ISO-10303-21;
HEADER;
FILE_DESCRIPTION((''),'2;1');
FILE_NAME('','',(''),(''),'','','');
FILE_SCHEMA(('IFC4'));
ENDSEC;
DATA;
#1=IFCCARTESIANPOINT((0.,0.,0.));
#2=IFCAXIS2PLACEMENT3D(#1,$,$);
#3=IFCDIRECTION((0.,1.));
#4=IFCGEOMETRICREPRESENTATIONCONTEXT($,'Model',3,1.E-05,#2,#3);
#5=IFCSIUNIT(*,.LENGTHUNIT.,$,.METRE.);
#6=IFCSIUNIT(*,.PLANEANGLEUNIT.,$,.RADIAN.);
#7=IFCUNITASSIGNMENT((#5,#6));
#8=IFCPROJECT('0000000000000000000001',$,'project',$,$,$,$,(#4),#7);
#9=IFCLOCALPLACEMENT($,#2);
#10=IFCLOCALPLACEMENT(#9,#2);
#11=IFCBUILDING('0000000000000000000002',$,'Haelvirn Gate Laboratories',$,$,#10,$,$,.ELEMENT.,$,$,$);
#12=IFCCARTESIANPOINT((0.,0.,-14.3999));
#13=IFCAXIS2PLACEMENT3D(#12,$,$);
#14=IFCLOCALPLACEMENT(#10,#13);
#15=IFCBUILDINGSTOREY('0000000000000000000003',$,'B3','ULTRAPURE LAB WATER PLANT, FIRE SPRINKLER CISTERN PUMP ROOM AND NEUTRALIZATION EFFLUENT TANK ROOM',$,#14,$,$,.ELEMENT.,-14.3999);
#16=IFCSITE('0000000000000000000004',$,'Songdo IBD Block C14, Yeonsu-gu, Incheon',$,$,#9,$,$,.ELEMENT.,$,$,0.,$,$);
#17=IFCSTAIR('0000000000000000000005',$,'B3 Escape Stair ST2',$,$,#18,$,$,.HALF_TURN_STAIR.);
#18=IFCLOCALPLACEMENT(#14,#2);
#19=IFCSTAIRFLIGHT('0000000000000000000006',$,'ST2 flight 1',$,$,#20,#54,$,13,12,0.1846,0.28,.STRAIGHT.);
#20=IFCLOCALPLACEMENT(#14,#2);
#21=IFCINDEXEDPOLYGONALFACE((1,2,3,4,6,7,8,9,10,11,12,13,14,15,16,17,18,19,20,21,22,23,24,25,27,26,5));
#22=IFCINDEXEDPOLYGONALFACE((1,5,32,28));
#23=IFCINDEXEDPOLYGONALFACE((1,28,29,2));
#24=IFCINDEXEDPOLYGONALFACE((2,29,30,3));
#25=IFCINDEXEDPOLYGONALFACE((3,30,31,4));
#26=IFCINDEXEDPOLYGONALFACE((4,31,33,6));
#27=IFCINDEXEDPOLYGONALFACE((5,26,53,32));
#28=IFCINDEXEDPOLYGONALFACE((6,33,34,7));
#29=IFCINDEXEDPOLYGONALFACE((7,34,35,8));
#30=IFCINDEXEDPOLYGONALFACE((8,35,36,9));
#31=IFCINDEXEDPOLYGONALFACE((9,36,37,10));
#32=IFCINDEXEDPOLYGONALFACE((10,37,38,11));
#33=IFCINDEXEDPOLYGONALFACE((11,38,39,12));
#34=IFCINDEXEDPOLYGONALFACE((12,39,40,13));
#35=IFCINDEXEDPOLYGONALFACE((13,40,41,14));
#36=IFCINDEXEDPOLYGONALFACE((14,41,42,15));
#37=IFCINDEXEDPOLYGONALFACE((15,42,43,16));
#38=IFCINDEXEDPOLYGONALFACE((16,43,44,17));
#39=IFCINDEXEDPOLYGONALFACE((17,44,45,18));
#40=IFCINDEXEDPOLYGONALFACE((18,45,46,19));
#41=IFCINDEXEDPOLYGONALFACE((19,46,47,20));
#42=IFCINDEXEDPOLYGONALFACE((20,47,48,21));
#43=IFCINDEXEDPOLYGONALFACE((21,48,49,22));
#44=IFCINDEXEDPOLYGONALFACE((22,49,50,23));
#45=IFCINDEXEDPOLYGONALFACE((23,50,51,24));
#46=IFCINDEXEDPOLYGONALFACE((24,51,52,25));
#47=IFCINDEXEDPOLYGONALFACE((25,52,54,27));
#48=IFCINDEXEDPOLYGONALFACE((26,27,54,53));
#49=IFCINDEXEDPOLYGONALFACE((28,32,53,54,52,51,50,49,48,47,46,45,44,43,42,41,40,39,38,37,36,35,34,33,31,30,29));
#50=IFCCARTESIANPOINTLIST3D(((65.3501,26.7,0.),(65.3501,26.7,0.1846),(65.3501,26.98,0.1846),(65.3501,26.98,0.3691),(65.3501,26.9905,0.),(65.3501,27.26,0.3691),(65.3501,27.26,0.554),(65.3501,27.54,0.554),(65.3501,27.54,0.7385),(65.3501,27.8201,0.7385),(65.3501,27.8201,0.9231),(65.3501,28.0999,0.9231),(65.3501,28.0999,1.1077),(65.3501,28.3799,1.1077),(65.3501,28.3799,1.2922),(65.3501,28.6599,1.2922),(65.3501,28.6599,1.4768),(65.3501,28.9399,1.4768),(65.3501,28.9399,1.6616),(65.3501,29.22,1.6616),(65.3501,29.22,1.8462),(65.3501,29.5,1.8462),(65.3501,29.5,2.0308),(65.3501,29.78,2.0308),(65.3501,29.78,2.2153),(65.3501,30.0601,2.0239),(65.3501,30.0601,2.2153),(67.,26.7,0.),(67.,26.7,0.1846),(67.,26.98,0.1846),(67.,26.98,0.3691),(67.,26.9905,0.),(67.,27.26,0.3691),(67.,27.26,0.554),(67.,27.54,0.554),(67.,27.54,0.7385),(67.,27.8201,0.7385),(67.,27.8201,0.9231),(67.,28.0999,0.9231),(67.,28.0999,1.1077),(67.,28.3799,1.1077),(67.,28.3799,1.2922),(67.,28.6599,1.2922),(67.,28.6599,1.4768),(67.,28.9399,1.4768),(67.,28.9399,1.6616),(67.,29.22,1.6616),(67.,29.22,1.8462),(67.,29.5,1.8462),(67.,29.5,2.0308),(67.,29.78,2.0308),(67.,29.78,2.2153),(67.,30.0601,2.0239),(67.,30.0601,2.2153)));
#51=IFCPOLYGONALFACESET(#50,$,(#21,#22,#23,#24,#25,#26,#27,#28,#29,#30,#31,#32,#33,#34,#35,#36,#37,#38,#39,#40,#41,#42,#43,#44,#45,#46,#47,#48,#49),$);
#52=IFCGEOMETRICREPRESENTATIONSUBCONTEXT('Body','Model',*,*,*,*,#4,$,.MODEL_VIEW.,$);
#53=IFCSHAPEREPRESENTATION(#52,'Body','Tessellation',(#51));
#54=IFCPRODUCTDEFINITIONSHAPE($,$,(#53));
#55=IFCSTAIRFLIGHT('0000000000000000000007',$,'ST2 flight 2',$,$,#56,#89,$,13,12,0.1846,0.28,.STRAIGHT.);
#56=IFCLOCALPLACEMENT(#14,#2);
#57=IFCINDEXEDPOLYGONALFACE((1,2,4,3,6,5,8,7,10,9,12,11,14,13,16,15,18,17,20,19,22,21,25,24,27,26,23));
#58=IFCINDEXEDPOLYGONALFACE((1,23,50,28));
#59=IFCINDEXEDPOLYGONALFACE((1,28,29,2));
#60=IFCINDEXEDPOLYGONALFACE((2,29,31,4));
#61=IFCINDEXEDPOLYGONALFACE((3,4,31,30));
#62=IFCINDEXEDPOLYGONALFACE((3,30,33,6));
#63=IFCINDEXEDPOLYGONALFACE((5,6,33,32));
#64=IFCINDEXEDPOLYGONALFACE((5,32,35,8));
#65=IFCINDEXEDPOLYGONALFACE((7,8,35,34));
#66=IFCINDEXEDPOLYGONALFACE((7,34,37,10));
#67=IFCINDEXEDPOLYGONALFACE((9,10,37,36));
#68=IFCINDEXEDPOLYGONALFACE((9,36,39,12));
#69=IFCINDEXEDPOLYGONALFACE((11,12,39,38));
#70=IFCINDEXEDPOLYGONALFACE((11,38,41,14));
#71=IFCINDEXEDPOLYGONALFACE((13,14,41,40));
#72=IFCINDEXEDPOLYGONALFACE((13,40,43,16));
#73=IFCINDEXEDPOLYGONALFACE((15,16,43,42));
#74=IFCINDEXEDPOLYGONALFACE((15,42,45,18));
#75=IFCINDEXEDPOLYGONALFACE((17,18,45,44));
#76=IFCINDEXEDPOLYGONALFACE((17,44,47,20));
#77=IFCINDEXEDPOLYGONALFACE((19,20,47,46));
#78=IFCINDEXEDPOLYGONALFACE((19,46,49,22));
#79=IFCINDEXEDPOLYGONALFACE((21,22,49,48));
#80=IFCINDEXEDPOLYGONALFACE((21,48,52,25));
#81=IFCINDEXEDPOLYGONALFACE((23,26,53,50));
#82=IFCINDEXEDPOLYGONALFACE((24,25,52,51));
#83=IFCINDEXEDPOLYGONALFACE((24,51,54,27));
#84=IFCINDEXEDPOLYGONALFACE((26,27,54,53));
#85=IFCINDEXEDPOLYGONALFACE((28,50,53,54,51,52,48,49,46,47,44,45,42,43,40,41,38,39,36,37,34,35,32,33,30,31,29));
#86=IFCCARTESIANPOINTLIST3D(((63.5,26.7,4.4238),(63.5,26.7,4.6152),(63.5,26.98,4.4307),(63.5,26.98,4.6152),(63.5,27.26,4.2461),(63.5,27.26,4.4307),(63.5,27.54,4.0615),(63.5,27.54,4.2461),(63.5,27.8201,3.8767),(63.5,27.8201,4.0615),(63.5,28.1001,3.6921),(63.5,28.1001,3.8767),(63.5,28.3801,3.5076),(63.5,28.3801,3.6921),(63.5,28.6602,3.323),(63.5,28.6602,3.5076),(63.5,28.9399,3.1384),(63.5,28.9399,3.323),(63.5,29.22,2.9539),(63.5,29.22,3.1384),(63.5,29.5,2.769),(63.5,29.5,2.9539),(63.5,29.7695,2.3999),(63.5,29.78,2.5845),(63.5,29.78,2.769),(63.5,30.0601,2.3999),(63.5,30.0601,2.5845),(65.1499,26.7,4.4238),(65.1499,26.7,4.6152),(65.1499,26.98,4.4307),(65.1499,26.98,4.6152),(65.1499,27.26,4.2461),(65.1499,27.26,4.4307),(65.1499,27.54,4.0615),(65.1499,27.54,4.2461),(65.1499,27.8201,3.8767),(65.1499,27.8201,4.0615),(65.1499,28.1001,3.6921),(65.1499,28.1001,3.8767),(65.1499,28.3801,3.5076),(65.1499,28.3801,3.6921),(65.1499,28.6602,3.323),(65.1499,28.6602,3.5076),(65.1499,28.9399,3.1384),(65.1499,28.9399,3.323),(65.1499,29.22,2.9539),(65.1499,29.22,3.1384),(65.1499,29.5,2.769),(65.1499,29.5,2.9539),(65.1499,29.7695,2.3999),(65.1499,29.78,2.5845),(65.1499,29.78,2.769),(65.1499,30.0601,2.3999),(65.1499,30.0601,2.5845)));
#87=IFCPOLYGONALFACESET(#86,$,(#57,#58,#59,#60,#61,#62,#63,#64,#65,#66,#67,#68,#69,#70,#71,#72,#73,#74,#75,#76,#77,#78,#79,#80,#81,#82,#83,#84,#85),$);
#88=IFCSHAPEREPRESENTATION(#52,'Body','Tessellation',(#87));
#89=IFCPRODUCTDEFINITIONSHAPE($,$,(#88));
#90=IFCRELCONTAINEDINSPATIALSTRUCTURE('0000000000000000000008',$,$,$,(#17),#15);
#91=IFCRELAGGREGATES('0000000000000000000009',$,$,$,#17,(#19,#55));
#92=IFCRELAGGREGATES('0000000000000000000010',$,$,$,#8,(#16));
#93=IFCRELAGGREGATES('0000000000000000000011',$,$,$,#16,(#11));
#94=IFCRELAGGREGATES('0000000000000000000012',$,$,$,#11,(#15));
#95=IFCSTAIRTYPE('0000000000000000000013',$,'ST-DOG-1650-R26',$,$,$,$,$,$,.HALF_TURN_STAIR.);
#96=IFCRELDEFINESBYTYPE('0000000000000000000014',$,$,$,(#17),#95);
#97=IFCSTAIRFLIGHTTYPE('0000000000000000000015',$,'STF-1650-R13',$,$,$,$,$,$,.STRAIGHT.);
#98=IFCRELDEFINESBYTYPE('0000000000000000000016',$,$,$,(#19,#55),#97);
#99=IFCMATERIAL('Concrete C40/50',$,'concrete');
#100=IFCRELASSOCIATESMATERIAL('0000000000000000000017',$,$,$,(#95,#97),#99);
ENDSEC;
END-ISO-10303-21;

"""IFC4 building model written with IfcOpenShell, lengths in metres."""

from ifc_helpers import new_model, si_unit, direction, frame, origin, place, context, subcontext, project, spatial, polyline, outline, extrude, source, transform, mapped, material, type_object, type_shapes, element, aggregate, save


model = new_model("IFC4")

# Units and contexts
model_context = context("Model", 3, precision=1e-05, world=origin(), true_north=direction((0.0, 1.0)))
body_context = subcontext(model_context, "Body", "Model", "MODEL_VIEW")
ifc_project = project(units=[si_unit("LENGTHUNIT", "METRE"), si_unit("PLANEANGLEUNIT", "RADIAN")], contexts=[model_context])

# Site, building, storey
site_placement = place(None, origin())
site = spatial("IfcSite", under=ifc_project, at=site_placement, Name="Songdo IBD Block C14, Yeonsu-gu, Incheon", CompositionType="ELEMENT", RefElevation=0.0)
building_placement = place(site_placement, origin())
building = spatial("IfcBuilding", under=site, at=building_placement, Name="Haelvirn Gate Laboratories", CompositionType="ELEMENT")
storey_placement = place(building_placement, frame((0.0, 0.0, -14.3999)))
storey = spatial("IfcBuildingStorey", under=building, at=storey_placement, Name="B3", Description="ULTRAPURE LAB WATER PLANT, FIRE SPRINKLER CISTERN PUMP ROOM AND NEUTRALIZATION EFFLUENT TANK ROOM", CompositionType="ELEMENT", Elevation=-14.3999)

# Shared definitions
ifc_material_1 = material(Name="Concrete C40/50", Category="concrete")

# Stair, stair flights
stair_type = type_object("IfcStairType", Name="ST-DOG-1650-R26", PredefinedType="HALF_TURN_STAIR", material=ifc_material_1)
stair_placement = place(storey_placement, origin())
stair = element("IfcStair", 1, at=stair_placement, inside=storey, type_object=stair_type, Name="B3 Escape Stair ST2", PredefinedType="HALF_TURN_STAIR")
stair_flight_type = type_object("IfcStairFlightType", Name="STF-1650-R13", PredefinedType="STRAIGHT", material=ifc_material_1)
shared_shape_1 = source(origin(), body_context, "Body", "SweptSolid", [
    extrude(outline(polyline([(0.0, 0.0), (0.0, 0.1846), (0.28, 0.1846), (0.28, 0.3691), (0.5601, 0.3691), (0.5601, 0.554), (0.8401, 0.554), (0.8401, 0.7385), (1.1201, 0.7385), (1.1201, 0.9231), (1.3999, 0.9231), (1.3999, 1.1077), (1.6799, 1.1077), (1.6799, 1.2922), (1.96, 1.2922), (1.96, 1.4768), (2.24, 1.4768), (2.24, 1.6616), (2.52, 1.6616), (2.52, 1.8462), (2.8, 1.8462), (2.8, 2.0308), (3.0801, 2.0308), (3.0801, 2.2153), (3.3601, 2.2153), (3.3601, 2.3999), (3.3601, 2.0239), (0.2905, 0.0), (0.0, 0.0)])), frame((0.0, 0.825, 0.0), z_axis=(0.0, -1.0, 0.0), x_axis=(1.0, 0.0, 0.0)), (0.0, 0.0, 1.0), 1.6499),
])
type_shapes(stair_flight_type, [shared_shape_1])
stair_flight_1_placement = place(storey_placement, frame((66.175, 26.7, 0.0), z_axis=(0.0, 0.0, 1.0), x_axis=(0.0, 1.0, 0.0)))
stair_flight_1 = element("IfcStairFlight", 2, at=stair_flight_1_placement, type_object=stair_flight_type, Name="ST2 flight 1", NumberOfRisers=13, NumberOfTreads=12, PredefinedType="STRAIGHT", RiserHeight=0.1846, TreadLength=0.28, context=body_context, shape_type="MappedRepresentation", body=[
    mapped(shared_shape_1, transform((0.0, 0.0, 0.0), scale=1.0)),
])
stair_flight_2_placement = place(storey_placement, frame((64.325, 30.0601, 2.3999), z_axis=(0.0, 0.0, 1.0), x_axis=(0.0, -1.0, 0.0)))
stair_flight_2 = element("IfcStairFlight", 3, at=stair_flight_2_placement, type_object=stair_flight_type, Name="ST2 flight 2", NumberOfRisers=13, NumberOfTreads=12, PredefinedType="STRAIGHT", RiserHeight=0.1846, TreadLength=0.28, context=body_context, shape_type="MappedRepresentation", body=[
    mapped(shared_shape_1, transform((0.0, 0.0, 0.0), scale=1.0)),
])
aggregate(stair, [stair_flight_1, stair_flight_2])

save(model, "model.ifc")
